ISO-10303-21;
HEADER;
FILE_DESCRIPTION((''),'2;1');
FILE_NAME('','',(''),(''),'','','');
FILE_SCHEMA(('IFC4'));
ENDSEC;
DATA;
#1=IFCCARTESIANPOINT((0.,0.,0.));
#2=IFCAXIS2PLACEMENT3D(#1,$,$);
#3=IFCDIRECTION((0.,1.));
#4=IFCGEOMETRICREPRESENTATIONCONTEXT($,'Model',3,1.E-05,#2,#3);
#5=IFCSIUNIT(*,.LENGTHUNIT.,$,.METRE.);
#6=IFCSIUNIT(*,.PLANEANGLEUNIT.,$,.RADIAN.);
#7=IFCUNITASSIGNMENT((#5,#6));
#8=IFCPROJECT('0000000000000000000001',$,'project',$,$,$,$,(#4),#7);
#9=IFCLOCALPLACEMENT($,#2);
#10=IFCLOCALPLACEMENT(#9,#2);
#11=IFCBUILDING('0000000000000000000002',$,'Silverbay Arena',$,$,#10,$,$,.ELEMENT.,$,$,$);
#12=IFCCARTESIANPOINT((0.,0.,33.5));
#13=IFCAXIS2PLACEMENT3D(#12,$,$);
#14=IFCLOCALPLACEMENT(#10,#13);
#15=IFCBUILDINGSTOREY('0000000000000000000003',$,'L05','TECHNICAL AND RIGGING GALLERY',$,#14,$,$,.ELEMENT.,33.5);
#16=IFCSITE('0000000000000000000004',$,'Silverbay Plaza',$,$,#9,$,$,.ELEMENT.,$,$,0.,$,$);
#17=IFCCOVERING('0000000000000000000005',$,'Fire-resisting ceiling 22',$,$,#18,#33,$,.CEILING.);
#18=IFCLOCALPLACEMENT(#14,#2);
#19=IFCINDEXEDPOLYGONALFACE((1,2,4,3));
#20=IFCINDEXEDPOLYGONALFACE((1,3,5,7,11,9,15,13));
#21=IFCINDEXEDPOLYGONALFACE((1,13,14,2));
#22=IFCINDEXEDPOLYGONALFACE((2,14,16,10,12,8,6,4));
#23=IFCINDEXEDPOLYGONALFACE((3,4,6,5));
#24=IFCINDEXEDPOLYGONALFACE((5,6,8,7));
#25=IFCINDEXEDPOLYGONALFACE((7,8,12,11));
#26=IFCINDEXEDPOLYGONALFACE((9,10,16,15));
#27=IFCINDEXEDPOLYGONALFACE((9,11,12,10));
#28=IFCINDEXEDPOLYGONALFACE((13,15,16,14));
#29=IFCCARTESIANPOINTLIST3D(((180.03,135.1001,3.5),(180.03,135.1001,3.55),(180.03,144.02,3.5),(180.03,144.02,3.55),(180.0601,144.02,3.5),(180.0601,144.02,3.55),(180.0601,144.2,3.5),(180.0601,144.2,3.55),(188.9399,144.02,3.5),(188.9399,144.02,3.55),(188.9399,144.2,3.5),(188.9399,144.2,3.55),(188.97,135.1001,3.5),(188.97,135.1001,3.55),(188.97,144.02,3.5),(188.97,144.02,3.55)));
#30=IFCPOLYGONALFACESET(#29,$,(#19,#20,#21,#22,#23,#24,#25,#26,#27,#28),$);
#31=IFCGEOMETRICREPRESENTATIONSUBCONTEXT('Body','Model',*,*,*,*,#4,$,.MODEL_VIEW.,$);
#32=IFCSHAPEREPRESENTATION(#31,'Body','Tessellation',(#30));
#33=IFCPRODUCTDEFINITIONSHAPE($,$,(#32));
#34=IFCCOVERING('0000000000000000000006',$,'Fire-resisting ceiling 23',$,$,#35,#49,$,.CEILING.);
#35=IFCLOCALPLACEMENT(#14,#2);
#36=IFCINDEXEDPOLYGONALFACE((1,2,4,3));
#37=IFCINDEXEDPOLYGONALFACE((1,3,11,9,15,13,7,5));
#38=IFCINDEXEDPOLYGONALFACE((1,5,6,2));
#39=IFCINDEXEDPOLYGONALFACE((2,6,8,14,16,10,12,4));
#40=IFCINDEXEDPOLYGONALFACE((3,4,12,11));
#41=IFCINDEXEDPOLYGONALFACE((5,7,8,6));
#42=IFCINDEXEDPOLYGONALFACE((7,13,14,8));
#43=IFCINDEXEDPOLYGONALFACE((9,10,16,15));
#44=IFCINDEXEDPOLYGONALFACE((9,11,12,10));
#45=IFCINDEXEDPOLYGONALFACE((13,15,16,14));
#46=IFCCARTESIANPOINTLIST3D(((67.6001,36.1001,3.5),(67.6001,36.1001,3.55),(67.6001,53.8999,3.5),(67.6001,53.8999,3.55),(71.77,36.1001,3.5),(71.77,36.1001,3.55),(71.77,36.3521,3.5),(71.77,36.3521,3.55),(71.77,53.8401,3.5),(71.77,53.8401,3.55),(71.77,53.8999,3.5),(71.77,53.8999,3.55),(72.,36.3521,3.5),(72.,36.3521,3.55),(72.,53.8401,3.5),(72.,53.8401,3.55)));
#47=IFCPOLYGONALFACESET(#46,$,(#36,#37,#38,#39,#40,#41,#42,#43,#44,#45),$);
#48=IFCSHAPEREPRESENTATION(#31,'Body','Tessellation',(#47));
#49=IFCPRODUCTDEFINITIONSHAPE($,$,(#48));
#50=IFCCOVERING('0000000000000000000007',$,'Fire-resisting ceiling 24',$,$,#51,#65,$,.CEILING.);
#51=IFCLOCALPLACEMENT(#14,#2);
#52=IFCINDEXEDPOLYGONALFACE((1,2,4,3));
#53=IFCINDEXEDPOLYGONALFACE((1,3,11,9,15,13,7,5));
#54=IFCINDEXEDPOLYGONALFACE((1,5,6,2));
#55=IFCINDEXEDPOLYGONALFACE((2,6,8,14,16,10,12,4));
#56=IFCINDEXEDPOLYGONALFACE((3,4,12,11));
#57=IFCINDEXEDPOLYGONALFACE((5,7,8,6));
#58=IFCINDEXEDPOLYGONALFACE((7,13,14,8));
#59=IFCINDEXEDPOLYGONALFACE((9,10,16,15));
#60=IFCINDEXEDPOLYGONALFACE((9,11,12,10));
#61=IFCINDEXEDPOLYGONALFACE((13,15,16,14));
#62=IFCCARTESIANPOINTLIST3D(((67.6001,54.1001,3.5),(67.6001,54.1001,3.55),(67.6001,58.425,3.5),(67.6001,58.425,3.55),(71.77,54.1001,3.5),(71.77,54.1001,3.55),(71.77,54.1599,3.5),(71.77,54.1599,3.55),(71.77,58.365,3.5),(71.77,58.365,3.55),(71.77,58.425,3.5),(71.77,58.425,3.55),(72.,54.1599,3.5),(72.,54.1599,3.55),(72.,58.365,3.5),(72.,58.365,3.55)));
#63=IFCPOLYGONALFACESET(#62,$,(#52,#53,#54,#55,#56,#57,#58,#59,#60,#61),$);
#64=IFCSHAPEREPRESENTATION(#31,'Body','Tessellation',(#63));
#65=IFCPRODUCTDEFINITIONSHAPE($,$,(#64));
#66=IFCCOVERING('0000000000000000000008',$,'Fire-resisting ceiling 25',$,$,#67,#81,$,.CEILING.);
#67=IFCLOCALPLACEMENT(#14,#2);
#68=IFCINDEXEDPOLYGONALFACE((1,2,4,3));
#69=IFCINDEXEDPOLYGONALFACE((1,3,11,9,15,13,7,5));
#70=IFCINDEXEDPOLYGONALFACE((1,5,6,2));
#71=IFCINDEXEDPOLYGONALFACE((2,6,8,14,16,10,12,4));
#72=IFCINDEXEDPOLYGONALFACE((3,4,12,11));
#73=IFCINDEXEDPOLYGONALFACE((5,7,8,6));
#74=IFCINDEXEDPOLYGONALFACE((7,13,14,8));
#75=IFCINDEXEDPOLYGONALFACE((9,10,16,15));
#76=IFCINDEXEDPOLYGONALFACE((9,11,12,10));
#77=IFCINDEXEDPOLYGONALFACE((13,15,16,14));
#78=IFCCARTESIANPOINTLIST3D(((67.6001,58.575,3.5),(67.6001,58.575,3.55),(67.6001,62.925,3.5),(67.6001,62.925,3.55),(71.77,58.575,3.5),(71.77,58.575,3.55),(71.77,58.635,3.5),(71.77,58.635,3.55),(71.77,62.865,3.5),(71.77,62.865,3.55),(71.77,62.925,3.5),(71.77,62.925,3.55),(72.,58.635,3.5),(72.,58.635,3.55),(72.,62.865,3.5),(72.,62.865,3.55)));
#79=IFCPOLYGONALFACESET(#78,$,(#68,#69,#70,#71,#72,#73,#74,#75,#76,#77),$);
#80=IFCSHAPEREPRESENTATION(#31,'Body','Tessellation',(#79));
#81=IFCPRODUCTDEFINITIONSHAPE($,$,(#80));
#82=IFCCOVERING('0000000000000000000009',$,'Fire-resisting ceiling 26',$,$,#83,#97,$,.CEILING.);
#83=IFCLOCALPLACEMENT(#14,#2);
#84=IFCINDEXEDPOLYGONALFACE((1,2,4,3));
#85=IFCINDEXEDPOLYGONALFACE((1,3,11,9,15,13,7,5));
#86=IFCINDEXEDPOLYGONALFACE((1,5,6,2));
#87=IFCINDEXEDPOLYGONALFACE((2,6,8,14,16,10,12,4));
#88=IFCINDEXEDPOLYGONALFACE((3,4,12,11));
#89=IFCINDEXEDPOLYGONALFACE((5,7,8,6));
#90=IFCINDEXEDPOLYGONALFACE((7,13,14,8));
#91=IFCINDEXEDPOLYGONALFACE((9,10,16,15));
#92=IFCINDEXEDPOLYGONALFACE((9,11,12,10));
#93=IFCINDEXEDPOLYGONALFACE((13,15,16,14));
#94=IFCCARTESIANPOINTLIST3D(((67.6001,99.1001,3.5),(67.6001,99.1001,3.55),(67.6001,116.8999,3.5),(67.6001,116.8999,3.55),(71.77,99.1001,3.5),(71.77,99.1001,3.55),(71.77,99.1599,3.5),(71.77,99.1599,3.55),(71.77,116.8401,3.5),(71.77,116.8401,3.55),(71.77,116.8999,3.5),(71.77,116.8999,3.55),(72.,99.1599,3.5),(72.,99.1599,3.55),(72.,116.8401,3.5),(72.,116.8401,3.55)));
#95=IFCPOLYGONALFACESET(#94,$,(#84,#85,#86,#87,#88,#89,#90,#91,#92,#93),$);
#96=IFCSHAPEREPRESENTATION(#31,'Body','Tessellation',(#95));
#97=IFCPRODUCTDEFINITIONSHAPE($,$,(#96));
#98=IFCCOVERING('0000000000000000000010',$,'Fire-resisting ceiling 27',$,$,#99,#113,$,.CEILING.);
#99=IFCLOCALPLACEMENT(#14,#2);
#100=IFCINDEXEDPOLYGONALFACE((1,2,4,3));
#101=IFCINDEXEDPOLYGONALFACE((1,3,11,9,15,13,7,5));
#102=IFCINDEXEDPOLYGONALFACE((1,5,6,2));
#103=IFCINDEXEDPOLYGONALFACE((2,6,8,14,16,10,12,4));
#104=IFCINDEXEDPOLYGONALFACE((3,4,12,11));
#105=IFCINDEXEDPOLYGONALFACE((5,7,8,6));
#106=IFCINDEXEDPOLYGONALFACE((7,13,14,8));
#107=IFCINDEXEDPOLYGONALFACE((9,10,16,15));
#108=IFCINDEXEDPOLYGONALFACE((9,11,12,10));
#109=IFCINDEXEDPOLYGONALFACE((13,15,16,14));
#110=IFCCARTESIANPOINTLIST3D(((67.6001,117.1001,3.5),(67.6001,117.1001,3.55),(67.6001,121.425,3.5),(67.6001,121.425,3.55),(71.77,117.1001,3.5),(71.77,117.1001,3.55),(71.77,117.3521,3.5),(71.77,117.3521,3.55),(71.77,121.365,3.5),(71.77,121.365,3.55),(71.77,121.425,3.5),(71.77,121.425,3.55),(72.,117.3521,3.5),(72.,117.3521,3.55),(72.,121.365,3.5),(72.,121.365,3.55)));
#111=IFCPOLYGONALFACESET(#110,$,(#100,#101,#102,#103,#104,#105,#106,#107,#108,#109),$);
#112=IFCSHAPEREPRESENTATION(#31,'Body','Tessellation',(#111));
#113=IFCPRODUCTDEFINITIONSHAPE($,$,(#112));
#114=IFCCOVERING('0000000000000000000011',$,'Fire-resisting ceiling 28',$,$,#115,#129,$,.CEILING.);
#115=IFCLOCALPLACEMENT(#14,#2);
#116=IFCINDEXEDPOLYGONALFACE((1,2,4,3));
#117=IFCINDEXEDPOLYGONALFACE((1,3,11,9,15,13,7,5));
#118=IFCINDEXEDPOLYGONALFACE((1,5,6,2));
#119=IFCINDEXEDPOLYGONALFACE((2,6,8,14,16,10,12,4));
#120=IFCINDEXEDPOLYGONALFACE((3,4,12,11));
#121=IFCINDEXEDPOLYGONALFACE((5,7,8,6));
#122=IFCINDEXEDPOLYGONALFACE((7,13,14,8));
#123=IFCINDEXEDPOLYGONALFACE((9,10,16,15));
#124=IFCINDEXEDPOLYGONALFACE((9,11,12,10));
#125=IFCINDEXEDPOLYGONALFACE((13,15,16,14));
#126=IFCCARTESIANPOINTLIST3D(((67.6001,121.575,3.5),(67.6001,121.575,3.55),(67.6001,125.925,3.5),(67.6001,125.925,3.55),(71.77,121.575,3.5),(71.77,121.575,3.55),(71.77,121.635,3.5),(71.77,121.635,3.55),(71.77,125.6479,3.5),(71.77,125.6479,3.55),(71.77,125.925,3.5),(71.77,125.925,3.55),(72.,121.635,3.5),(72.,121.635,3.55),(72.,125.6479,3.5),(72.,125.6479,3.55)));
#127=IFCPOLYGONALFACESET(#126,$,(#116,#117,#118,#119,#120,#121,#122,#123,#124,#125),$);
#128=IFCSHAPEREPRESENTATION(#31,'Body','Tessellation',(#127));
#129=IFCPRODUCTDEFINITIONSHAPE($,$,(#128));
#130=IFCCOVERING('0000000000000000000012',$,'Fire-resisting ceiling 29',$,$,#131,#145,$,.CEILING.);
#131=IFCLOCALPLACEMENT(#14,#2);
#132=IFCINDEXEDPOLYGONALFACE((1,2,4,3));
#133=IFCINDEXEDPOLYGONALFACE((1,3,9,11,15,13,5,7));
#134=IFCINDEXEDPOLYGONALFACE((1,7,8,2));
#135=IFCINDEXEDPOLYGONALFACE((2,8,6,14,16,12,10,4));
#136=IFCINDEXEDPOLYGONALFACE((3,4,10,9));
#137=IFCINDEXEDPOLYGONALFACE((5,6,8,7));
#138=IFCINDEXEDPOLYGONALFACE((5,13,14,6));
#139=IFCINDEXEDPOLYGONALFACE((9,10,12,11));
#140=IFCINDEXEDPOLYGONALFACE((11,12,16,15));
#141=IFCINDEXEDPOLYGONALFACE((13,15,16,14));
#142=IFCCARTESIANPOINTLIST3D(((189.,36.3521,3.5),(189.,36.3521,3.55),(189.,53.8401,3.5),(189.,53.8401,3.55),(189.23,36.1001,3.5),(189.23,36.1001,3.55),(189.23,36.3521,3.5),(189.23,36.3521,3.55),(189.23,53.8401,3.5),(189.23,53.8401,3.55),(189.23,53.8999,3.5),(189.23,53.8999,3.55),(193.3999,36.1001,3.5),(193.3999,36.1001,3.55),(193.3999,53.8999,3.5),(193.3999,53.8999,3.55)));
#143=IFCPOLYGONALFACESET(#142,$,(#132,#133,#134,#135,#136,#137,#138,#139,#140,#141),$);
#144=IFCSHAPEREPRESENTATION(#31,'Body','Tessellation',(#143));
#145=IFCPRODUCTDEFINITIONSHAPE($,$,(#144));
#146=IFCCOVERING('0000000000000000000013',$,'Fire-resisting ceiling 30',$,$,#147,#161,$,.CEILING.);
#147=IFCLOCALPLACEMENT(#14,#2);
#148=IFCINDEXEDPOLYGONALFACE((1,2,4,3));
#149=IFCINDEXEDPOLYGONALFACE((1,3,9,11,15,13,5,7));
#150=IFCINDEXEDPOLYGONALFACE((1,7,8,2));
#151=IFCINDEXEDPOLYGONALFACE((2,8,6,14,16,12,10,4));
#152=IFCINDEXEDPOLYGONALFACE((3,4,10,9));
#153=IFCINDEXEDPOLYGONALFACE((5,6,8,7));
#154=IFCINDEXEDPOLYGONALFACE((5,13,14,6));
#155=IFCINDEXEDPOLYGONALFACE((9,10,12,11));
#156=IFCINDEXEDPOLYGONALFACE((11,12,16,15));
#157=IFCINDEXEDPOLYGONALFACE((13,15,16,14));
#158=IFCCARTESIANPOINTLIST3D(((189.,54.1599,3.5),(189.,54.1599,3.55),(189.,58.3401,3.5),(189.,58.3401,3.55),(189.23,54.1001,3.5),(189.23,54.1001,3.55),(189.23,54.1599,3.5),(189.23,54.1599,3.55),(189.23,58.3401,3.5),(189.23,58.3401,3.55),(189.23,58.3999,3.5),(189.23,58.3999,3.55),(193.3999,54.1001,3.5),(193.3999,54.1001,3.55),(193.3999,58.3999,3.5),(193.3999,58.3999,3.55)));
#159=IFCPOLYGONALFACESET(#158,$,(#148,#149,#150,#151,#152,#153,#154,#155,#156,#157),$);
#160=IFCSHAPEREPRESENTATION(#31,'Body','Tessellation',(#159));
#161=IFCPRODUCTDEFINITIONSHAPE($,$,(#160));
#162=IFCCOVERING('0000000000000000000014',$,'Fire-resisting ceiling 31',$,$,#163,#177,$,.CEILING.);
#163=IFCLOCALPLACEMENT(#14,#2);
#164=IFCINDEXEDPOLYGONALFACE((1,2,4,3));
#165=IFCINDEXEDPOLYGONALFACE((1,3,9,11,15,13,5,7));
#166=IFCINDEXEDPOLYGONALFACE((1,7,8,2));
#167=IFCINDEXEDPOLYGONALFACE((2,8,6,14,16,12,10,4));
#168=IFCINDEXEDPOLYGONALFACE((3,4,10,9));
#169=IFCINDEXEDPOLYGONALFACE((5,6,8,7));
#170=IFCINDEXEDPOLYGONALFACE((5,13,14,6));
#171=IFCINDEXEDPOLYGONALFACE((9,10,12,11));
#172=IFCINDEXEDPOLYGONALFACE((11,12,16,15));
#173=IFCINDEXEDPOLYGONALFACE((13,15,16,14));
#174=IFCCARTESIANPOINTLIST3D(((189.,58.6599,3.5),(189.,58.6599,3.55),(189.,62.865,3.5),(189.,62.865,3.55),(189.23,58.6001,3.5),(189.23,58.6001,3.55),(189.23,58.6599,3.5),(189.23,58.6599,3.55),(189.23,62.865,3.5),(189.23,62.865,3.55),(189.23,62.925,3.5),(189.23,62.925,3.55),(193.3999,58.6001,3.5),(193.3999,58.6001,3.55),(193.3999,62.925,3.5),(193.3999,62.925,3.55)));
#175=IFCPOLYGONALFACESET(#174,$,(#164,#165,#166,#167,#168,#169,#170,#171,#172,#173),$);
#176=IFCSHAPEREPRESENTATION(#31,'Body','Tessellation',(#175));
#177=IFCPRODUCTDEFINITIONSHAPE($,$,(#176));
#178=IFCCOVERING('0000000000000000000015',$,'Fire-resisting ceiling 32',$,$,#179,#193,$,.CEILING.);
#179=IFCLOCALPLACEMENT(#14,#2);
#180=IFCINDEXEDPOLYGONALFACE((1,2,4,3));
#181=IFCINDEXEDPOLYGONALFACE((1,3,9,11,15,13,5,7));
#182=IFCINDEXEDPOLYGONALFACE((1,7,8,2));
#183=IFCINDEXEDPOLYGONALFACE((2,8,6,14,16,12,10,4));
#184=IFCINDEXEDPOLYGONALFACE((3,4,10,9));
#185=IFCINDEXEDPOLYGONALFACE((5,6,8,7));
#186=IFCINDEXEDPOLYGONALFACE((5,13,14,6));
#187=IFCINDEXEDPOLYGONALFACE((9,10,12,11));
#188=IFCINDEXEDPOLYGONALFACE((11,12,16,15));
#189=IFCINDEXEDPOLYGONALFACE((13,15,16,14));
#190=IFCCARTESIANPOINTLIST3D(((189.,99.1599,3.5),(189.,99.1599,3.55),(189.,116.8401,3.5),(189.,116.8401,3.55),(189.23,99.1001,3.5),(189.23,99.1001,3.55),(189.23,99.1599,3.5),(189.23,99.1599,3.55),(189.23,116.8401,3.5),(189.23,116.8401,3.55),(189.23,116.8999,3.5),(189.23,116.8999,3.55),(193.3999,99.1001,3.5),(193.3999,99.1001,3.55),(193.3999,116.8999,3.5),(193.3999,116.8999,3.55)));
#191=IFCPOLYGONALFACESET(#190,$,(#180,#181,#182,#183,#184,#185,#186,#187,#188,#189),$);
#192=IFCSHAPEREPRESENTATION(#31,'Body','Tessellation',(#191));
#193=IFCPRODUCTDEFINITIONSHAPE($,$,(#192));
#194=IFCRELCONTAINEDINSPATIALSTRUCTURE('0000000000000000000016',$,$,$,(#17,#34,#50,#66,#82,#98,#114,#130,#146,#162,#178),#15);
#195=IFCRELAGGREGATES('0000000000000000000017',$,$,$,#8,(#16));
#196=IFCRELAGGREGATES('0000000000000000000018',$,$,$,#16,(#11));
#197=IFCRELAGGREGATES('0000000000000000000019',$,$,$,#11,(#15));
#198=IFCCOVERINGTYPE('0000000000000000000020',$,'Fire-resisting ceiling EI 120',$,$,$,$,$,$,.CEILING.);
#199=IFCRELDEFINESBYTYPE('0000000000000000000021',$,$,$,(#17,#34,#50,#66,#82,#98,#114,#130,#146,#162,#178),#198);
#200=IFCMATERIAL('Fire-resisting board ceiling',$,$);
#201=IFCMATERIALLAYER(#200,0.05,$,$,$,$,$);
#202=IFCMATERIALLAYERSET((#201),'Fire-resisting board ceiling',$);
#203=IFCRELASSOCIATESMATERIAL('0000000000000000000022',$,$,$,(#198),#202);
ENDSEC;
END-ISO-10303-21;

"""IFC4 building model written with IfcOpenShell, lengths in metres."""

from ifc_helpers import new_model, si_unit, direction, frame, origin, place, context, subcontext, project, spatial, polyline, outline, extrude, material, layer, layer_set, type_object, element, save


model = new_model("IFC4")

# Units and contexts
model_context = context("Model", 3, precision=1e-05, world=origin(), true_north=direction((0.0, 1.0)))
body_context = subcontext(model_context, "Body", "Model", "MODEL_VIEW")
ifc_project = project(units=[si_unit("LENGTHUNIT", "METRE"), si_unit("PLANEANGLEUNIT", "RADIAN")], contexts=[model_context])

# Site, building, storey
site_placement = place(None, origin())
site = spatial("IfcSite", under=ifc_project, at=site_placement, Name="Silverbay Plaza", CompositionType="ELEMENT", RefElevation=0.0)
building_placement = place(site_placement, origin())
building = spatial("IfcBuilding", under=site, at=building_placement, Name="Silverbay Arena", CompositionType="ELEMENT")
storey_placement = place(building_placement, frame((0.0, 0.0, 33.5)))
storey = spatial("IfcBuildingStorey", under=building, at=storey_placement, Name="L05", Description="TECHNICAL AND RIGGING GALLERY", CompositionType="ELEMENT", Elevation=33.5)

# Coverings
ifc_material = material(Name="Fire-resisting board ceiling")
ifc_layer = layer(ifc_material, 0.05)
ifc_layer_set = layer_set([ifc_layer], Name="Fire-resisting board ceiling")
covering_type = type_object("IfcCoveringType", Name="Fire-resisting ceiling EI 120", PredefinedType="CEILING", material=ifc_layer_set)
covering_1_placement = place(storey_placement, frame((0.0, 0.0, 3.5)))
element("IfcCovering", 1, at=covering_1_placement, inside=storey, type_object=covering_type, Name="Fire-resisting ceiling 22", PredefinedType="CEILING", context=body_context, shape_type="SweptSolid", body=[
    extrude(outline(polyline([(188.9399, 144.02), (188.9399, 144.2), (180.0601, 144.2), (180.0601, 144.02), (180.03, 144.02), (180.03, 135.1001), (188.97, 135.1001), (188.97, 144.02), (188.9399, 144.02)])), origin(), (0.0, 0.0, 1.0), 0.05),
])
covering_2_placement = place(storey_placement, frame((0.0, 0.0, 3.5)))
element("IfcCovering", 2, at=covering_2_placement, inside=storey, type_object=covering_type, Name="Fire-resisting ceiling 23", PredefinedType="CEILING", context=body_context, shape_type="SweptSolid", body=[
    extrude(outline(polyline([(71.77, 36.3521), (72.0, 36.3521), (72.0, 53.8401), (71.77, 53.8401), (71.77, 53.8999), (67.6001, 53.8999), (67.6001, 36.1001), (71.77, 36.1001), (71.77, 36.3521)])), origin(), (0.0, 0.0, 1.0), 0.05),
])
covering_3_placement = place(storey_placement, frame((0.0, 0.0, 3.5)))
element("IfcCovering", 3, at=covering_3_placement, inside=storey, type_object=covering_type, Name="Fire-resisting ceiling 24", PredefinedType="CEILING", context=body_context, shape_type="SweptSolid", body=[
    extrude(outline(polyline([(71.77, 54.1599), (72.0, 54.1599), (72.0, 58.365), (71.77, 58.365), (71.77, 58.425), (67.6001, 58.425), (67.6001, 54.1001), (71.77, 54.1001), (71.77, 54.1599)])), origin(), (0.0, 0.0, 1.0), 0.05),
])
covering_4_placement = place(storey_placement, frame((0.0, 0.0, 3.5)))
element("IfcCovering", 4, at=covering_4_placement, inside=storey, type_object=covering_type, Name="Fire-resisting ceiling 25", PredefinedType="CEILING", context=body_context, shape_type="SweptSolid", body=[
    extrude(outline(polyline([(71.77, 58.635), (72.0, 58.635), (72.0, 62.865), (71.77, 62.865), (71.77, 62.925), (67.6001, 62.925), (67.6001, 58.575), (71.77, 58.575), (71.77, 58.635)])), origin(), (0.0, 0.0, 1.0), 0.05),
])
covering_5_placement = place(storey_placement, frame((0.0, 0.0, 3.5)))
element("IfcCovering", 5, at=covering_5_placement, inside=storey, type_object=covering_type, Name="Fire-resisting ceiling 26", PredefinedType="CEILING", context=body_context, shape_type="SweptSolid", body=[
    extrude(outline(polyline([(71.77, 99.1599), (72.0, 99.1599), (72.0, 116.8401), (71.77, 116.8401), (71.77, 116.8999), (67.6001, 116.8999), (67.6001, 99.1001), (71.77, 99.1001), (71.77, 99.1599)])), origin(), (0.0, 0.0, 1.0), 0.05),
])
covering_6_placement = place(storey_placement, frame((0.0, 0.0, 3.5)))
element("IfcCovering", 6, at=covering_6_placement, inside=storey, type_object=covering_type, Name="Fire-resisting ceiling 27", PredefinedType="CEILING", context=body_context, shape_type="SweptSolid", body=[
    extrude(outline(polyline([(71.77, 117.3521), (72.0, 117.3521), (72.0, 121.365), (71.77, 121.365), (71.77, 121.425), (67.6001, 121.425), (67.6001, 117.1001), (71.77, 117.1001), (71.77, 117.3521)])), origin(), (0.0, 0.0, 1.0), 0.05),
])
covering_7_placement = place(storey_placement, frame((0.0, 0.0, 3.5)))
element("IfcCovering", 7, at=covering_7_placement, inside=storey, type_object=covering_type, Name="Fire-resisting ceiling 28", PredefinedType="CEILING", context=body_context, shape_type="SweptSolid", body=[
    extrude(outline(polyline([(72.0, 121.635), (72.0, 125.6479), (71.77, 125.6479), (71.77, 125.925), (67.6001, 125.925), (67.6001, 121.575), (71.77, 121.575), (71.77, 121.635), (72.0, 121.635)])), origin(), (0.0, 0.0, 1.0), 0.05),
])
covering_8_placement = place(storey_placement, frame((0.0, 0.0, 3.5)))
element("IfcCovering", 8, at=covering_8_placement, inside=storey, type_object=covering_type, Name="Fire-resisting ceiling 29", PredefinedType="CEILING", context=body_context, shape_type="SweptSolid", body=[
    extrude(outline(polyline([(189.23, 53.8401), (189.0, 53.8401), (189.0, 36.3521), (189.23, 36.3521), (189.23, 36.1001), (193.3999, 36.1001), (193.3999, 53.8999), (189.23, 53.8999), (189.23, 53.8401)])), origin(), (0.0, 0.0, 1.0), 0.05),
])
covering_9_placement = place(storey_placement, frame((0.0, 0.0, 3.5)))
element("IfcCovering", 9, at=covering_9_placement, inside=storey, type_object=covering_type, Name="Fire-resisting ceiling 30", PredefinedType="CEILING", context=body_context, shape_type="SweptSolid", body=[
    extrude(outline(polyline([(189.0, 58.3401), (189.0, 54.1599), (189.23, 54.1599), (189.23, 54.1001), (193.3999, 54.1001), (193.3999, 58.3999), (189.23, 58.3999), (189.23, 58.3401), (189.0, 58.3401)])), origin(), (0.0, 0.0, 1.0), 0.05),
])
covering_10_placement = place(storey_placement, frame((0.0, 0.0, 3.5)))
element("IfcCovering", 10, at=covering_10_placement, inside=storey, type_object=covering_type, Name="Fire-resisting ceiling 31", PredefinedType="CEILING", context=body_context, shape_type="SweptSolid", body=[
    extrude(outline(polyline([(189.0, 62.865), (189.0, 58.6599), (189.23, 58.6599), (189.23, 58.6001), (193.3999, 58.6001), (193.3999, 62.925), (189.23, 62.925), (189.23, 62.865), (189.0, 62.865)])), origin(), (0.0, 0.0, 1.0), 0.05),
])
covering_11_placement = place(storey_placement, frame((0.0, 0.0, 3.5)))
element("IfcCovering", 11, at=covering_11_placement, inside=storey, type_object=covering_type, Name="Fire-resisting ceiling 32", PredefinedType="CEILING", context=body_context, shape_type="SweptSolid", body=[
    extrude(outline(polyline([(189.0, 116.8401), (189.0, 99.1599), (189.23, 99.1599), (189.23, 99.1001), (193.3999, 99.1001), (193.3999, 116.8999), (189.23, 116.8999), (189.23, 116.8401), (189.0, 116.8401)])), origin(), (0.0, 0.0, 1.0), 0.05),
])

save(model, "model.ifc")
